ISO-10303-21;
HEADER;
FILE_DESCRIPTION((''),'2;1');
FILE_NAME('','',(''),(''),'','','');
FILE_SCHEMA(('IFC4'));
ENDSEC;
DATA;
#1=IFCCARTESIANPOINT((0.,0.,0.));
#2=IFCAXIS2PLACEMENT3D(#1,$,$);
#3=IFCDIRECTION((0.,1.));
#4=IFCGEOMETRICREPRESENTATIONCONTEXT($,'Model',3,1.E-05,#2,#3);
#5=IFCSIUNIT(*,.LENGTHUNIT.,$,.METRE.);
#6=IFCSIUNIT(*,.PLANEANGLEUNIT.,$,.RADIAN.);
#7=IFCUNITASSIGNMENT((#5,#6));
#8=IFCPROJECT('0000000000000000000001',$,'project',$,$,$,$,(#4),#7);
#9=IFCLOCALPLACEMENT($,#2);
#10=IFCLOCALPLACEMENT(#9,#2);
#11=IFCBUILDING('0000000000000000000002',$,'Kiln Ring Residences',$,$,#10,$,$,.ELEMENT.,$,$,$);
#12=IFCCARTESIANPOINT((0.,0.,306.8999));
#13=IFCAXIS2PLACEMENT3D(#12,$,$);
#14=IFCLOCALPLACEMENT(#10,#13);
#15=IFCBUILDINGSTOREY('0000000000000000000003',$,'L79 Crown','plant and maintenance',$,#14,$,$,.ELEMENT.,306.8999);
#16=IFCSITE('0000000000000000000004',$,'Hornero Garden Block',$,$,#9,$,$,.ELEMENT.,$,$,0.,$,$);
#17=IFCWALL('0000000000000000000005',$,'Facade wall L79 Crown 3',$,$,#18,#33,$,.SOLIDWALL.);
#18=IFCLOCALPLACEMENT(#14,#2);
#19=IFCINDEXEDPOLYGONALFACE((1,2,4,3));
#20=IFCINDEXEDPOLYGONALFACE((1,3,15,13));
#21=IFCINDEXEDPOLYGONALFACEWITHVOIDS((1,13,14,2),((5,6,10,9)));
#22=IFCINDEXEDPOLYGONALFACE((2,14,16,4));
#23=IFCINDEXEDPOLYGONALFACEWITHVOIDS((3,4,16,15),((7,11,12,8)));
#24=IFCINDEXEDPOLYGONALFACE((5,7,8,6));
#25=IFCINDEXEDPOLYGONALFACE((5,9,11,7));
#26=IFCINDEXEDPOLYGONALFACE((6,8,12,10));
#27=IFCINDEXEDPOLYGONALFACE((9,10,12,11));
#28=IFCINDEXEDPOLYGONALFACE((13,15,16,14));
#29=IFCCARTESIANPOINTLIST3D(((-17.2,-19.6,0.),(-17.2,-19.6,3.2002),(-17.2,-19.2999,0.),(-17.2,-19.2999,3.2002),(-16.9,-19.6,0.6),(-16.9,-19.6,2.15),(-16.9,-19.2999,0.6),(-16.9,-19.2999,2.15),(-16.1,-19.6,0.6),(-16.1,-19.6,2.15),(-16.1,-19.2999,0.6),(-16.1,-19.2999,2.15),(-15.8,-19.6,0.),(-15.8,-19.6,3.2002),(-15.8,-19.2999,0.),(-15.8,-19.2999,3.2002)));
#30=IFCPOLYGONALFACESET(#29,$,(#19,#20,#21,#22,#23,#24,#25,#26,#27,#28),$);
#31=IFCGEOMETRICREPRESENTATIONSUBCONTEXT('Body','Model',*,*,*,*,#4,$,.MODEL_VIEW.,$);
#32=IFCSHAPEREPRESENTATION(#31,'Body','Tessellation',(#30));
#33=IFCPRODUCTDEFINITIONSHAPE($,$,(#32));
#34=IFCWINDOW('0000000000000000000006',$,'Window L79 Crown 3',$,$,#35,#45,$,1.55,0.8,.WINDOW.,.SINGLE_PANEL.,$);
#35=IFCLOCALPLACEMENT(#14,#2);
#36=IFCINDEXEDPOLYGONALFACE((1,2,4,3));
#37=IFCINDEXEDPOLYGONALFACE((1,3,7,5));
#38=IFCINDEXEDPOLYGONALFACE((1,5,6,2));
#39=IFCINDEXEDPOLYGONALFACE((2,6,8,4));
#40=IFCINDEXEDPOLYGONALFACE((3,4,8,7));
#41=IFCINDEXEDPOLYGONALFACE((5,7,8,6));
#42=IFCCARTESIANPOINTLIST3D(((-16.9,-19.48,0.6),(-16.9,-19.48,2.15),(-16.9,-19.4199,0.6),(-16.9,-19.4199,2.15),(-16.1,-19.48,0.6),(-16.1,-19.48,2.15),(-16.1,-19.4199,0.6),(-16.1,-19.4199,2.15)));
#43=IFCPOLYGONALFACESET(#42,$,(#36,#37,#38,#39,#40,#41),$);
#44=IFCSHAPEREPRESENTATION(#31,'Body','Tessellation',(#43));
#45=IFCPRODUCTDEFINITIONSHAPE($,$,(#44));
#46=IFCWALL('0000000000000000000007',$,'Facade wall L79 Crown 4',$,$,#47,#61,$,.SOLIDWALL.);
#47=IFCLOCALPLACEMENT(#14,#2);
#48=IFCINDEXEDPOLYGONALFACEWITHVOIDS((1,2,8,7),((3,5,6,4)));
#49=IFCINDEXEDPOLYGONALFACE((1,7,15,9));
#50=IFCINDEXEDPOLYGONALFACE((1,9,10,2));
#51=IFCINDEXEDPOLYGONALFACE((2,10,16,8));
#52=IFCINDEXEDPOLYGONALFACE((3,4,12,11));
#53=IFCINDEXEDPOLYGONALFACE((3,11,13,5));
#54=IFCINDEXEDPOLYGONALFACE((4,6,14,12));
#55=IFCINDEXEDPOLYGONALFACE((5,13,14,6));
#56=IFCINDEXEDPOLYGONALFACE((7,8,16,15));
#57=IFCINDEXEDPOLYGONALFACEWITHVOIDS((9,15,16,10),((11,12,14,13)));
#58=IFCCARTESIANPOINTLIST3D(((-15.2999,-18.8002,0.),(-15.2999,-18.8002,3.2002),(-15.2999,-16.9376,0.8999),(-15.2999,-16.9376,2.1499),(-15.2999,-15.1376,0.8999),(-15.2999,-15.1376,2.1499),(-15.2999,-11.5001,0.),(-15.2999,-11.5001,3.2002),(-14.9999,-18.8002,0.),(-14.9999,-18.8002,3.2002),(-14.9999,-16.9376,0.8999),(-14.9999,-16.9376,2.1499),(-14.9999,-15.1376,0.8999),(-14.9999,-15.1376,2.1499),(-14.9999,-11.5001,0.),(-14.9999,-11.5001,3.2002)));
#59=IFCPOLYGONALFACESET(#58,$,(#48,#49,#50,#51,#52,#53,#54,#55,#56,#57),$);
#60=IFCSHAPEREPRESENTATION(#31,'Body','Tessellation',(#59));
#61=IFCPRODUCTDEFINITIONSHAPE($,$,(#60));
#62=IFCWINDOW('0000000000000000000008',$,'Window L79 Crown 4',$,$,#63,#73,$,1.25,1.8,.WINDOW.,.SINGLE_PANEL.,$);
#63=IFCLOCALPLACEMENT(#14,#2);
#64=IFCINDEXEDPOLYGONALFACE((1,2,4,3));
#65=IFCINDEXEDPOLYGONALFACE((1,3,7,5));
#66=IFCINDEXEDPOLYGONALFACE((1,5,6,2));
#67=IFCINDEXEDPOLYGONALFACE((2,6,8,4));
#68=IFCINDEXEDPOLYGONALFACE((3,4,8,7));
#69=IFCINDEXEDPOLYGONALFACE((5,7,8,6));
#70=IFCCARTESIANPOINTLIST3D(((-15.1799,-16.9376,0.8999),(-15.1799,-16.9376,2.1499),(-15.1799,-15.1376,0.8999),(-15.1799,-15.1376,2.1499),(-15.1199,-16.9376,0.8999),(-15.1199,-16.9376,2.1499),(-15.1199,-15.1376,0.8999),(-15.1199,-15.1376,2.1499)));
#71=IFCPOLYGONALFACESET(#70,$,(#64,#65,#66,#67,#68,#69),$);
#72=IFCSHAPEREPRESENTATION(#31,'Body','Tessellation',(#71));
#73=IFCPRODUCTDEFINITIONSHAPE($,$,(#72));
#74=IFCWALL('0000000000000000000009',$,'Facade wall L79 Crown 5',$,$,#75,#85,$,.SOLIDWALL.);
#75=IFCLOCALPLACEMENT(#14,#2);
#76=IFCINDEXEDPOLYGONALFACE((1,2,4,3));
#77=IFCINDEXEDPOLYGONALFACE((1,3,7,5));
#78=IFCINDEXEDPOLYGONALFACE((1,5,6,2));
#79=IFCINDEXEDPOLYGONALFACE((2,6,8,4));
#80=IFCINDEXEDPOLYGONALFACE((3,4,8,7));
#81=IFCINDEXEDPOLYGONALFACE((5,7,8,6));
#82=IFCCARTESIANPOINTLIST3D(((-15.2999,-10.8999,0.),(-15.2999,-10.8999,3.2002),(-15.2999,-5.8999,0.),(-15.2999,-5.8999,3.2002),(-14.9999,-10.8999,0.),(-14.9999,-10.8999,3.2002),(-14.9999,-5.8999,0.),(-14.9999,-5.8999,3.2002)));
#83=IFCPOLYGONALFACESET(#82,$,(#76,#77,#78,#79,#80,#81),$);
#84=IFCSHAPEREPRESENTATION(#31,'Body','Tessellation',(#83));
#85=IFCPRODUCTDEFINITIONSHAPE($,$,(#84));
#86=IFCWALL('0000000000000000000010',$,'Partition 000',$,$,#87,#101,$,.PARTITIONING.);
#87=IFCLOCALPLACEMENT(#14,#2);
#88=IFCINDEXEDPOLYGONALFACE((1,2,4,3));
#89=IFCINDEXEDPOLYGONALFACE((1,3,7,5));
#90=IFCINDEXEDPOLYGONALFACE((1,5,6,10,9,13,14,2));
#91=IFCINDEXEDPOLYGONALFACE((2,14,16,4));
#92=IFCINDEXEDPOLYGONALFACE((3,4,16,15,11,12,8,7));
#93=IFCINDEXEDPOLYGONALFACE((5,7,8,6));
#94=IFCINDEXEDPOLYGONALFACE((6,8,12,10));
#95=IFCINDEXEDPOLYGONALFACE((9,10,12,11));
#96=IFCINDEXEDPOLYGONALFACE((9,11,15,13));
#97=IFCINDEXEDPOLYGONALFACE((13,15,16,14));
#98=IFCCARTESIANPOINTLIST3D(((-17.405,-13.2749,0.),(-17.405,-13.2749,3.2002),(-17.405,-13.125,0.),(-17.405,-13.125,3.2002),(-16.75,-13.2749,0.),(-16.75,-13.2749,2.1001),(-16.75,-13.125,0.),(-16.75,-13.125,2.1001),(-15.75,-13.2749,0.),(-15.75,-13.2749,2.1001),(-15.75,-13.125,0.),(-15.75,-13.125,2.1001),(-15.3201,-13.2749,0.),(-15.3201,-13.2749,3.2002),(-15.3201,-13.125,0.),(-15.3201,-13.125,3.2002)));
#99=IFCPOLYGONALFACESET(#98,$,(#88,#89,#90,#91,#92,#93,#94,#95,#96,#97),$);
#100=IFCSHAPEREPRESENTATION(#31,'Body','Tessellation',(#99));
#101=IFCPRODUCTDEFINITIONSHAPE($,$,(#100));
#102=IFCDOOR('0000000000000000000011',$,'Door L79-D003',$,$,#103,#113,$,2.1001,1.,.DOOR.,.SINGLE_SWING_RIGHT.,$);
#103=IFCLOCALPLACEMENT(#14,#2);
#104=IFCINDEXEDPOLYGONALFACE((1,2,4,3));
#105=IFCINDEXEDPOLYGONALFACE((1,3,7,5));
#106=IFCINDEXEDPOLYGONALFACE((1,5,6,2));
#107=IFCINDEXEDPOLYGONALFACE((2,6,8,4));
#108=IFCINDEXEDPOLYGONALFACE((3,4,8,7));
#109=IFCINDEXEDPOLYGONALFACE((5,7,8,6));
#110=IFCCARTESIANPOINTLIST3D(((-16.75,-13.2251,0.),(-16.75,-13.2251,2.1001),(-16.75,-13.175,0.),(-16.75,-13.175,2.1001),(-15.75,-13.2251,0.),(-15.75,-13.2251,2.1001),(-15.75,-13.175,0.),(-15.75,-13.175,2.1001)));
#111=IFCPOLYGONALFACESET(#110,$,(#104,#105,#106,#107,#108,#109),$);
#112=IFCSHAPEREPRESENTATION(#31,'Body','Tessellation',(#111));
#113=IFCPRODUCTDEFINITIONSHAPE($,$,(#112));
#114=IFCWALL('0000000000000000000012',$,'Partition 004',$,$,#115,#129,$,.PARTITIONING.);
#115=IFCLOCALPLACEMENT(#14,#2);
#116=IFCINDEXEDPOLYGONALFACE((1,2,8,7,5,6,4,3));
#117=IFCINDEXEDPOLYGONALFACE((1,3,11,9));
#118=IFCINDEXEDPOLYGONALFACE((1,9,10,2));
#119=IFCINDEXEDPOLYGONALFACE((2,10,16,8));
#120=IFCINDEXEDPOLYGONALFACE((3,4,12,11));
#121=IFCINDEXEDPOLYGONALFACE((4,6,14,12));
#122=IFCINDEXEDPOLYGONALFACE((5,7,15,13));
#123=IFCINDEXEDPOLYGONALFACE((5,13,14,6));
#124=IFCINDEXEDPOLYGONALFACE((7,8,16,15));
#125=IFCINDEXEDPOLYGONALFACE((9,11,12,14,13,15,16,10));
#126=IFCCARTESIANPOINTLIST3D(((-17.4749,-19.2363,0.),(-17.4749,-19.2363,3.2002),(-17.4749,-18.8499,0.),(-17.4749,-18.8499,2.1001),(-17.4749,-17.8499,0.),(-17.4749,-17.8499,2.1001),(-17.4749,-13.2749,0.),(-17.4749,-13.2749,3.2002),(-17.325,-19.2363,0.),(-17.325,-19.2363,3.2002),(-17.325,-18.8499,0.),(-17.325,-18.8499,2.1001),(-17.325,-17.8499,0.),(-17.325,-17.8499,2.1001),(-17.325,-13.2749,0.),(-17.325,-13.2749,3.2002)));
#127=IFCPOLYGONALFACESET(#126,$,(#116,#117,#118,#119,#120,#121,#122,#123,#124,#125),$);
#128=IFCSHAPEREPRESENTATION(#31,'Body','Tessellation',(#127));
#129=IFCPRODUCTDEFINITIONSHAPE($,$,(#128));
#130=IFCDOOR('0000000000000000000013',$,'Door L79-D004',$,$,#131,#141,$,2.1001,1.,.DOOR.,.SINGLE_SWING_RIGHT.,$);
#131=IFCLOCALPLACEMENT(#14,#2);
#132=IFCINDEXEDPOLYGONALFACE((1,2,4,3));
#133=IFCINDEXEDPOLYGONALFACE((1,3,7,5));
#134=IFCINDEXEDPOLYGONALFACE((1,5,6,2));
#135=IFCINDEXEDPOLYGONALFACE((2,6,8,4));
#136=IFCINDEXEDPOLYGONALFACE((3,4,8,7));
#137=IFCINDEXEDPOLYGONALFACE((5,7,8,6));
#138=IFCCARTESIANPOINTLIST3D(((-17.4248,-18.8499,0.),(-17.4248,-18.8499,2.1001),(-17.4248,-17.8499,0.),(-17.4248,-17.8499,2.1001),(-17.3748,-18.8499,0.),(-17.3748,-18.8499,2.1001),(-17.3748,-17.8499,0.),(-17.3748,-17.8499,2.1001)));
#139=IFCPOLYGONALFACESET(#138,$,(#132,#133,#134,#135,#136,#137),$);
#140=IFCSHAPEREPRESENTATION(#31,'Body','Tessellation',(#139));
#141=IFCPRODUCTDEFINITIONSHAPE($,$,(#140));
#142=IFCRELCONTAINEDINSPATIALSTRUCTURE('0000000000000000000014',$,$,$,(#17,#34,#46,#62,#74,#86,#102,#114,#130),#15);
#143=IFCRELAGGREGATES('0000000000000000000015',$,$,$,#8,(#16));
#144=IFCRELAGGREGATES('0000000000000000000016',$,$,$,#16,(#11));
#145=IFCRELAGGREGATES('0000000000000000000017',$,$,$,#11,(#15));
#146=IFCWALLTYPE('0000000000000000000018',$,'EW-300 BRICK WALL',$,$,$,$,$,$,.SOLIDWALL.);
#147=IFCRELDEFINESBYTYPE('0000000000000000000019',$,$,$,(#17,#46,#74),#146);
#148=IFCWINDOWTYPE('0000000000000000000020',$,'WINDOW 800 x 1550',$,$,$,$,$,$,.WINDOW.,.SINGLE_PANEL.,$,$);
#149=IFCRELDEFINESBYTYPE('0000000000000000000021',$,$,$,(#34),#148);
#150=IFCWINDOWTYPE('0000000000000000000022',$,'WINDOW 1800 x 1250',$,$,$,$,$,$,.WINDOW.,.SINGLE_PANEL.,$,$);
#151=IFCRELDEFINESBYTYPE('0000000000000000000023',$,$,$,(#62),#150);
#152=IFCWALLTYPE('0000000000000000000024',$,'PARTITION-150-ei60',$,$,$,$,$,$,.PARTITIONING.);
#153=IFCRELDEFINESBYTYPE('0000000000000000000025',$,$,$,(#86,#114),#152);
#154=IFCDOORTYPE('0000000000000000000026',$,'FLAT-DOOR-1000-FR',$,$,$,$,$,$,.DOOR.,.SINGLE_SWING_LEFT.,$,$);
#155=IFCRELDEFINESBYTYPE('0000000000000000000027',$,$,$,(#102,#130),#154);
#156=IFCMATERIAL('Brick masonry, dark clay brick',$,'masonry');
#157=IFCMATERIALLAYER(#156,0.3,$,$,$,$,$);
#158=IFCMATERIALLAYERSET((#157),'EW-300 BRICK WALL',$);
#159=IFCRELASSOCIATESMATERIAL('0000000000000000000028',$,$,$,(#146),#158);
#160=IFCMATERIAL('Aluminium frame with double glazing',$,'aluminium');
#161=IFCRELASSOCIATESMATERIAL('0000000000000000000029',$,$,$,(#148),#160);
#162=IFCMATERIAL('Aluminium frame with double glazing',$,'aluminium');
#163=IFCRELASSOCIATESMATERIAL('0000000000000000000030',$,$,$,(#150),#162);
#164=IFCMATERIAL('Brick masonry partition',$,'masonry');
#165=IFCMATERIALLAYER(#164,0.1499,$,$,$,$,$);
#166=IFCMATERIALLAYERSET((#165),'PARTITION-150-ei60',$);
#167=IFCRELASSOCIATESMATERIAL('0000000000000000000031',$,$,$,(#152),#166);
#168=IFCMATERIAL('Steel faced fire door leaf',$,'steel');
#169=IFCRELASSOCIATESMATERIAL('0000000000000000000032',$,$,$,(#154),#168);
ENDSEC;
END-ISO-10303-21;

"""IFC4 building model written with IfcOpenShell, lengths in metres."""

from ifc_helpers import new_model, si_unit, direction, frame, frame_2d, origin, place, context, subcontext, project, spatial, rectangle, extrude, material, layer, layer_set, type_object, element, fill, save


model = new_model("IFC4")

# Units and contexts
model_context = context("Model", 3, precision=1e-05, world=origin(), true_north=direction((0.0, 1.0)))
body_context = subcontext(model_context, "Body", "Model", "MODEL_VIEW")
ifc_project = project(units=[si_unit("LENGTHUNIT", "METRE"), si_unit("PLANEANGLEUNIT", "RADIAN")], contexts=[model_context])

# Site, building, storey
site_placement = place(None, origin())
site = spatial("IfcSite", under=ifc_project, at=site_placement, Name="Hornero Garden Block", CompositionType="ELEMENT", RefElevation=0.0)
building_placement = place(site_placement, origin())
building = spatial("IfcBuilding", under=site, at=building_placement, Name="Kiln Ring Residences", CompositionType="ELEMENT")
storey_placement = place(building_placement, frame((0.0, 0.0, 306.8999)))
storey = spatial("IfcBuildingStorey", under=building, at=storey_placement, Name="L79 Crown", Description="plant and maintenance", CompositionType="ELEMENT", Elevation=306.8999)

# Walls, openings, windows
ifc_material_1 = material(Name="Brick masonry, dark clay brick", Category="masonry")
ifc_layer_1 = layer(ifc_material_1, 0.3)
ifc_layer_set_1 = layer_set([ifc_layer_1], Name="EW-300 BRICK WALL")
wall_type_1 = type_object("IfcWallType", Name="EW-300 BRICK WALL", PredefinedType="SOLIDWALL", material=ifc_layer_set_1)
ifc_material_2 = material(Name="Aluminium frame with double glazing", Category="aluminium")
window_type_1 = type_object("IfcWindowType", Name="WINDOW 800 x 1550", PartitioningType="SINGLE_PANEL", PredefinedType="WINDOW", material=ifc_material_2)
wall_1_placement = place(storey_placement, frame((-17.2, -19.45, 0.0), z_axis=(0.0, 0.0, 1.0), x_axis=(1.0, 0.0, 0.0)))
wall_1 = element("IfcWall", 1, at=wall_1_placement, inside=storey, type_object=wall_type_1, Name="Facade wall L79 Crown 3", PredefinedType="SOLIDWALL", context=body_context, shape_type="SweptSolid", body=[
    extrude(rectangle(XDim=1.3999, YDim=0.3, at=frame_2d((0.7, 0.0))), origin(), (0.0, 0.0, 1.0), 3.2002),
])
opening_1_placement = place(wall_1_placement, frame((0.3, 0.0, 0.6001)))
opening_1 = element("IfcOpeningElement", 2, at=opening_1_placement, cuts=wall_1, PredefinedType="OPENING", context=body_context, shape_type="SweptSolid", body=[
    extrude(rectangle(XDim=0.8, YDim=1.55, at=frame_2d((0.3999, 0.7749))), frame((0.0, 0.1599, 0.0), z_axis=(0.0, -1.0, 0.0), x_axis=(1.0, 0.0, 0.0)), (0.0, 0.0, 1.0), 0.3201),
])
window_1_placement = place(opening_1_placement, origin())
window_1 = element("IfcWindow", 3, at=window_1_placement, inside=storey, type_object=window_type_1, Name="Window L79 Crown 3", OverallHeight=1.55, OverallWidth=0.8, PartitioningType="SINGLE_PANEL", PredefinedType="WINDOW", context=body_context, shape_type="SweptSolid", body=[
    extrude(rectangle(XDim=0.8, YDim=1.55, at=frame_2d((0.3999, 0.7749))), frame((0.0, 0.03, 0.0), z_axis=(0.0, -1.0, 0.0), x_axis=(1.0, 0.0, 0.0)), (0.0, 0.0, 1.0), 0.0601),
])
fill(opening_1, window_1)
wall_2_placement = place(storey_placement, frame((-15.1499, -18.8, 0.0), z_axis=(0.0, 0.0, 1.0), x_axis=(0.0, 1.0, 0.0)))
wall_2 = element("IfcWall", 4, at=wall_2_placement, inside=storey, type_object=wall_type_1, Name="Facade wall L79 Crown 4", PredefinedType="SOLIDWALL", context=body_context, shape_type="SweptSolid", body=[
    extrude(rectangle(XDim=7.3, YDim=0.3, at=frame_2d((3.6499, 0.0))), origin(), (0.0, 0.0, 1.0), 3.2002),
])
opening_2_placement = place(wall_2_placement, frame((1.8625, 0.0, 0.8999)))
opening_2 = element("IfcOpeningElement", 5, at=opening_2_placement, cuts=wall_2, PredefinedType="OPENING", context=body_context, shape_type="SweptSolid", body=[
    extrude(rectangle(XDim=1.8, YDim=1.25, at=frame_2d((0.8999, 0.625))), frame((0.0, 0.1599, 0.0), z_axis=(0.0, -1.0, 0.0), x_axis=(1.0, 0.0, 0.0)), (0.0, 0.0, 1.0), 0.3201),
])
ifc_material_3 = material(Name="Aluminium frame with double glazing", Category="aluminium")
window_type_2 = type_object("IfcWindowType", Name="WINDOW 1800 x 1250", PartitioningType="SINGLE_PANEL", PredefinedType="WINDOW", material=ifc_material_3)
window_2_placement = place(opening_2_placement, origin())
window_2 = element("IfcWindow", 6, at=window_2_placement, inside=storey, type_object=window_type_2, Name="Window L79 Crown 4", OverallHeight=1.25, OverallWidth=1.8, PartitioningType="SINGLE_PANEL", PredefinedType="WINDOW", context=body_context, shape_type="SweptSolid", body=[
    extrude(rectangle(XDim=1.8, YDim=1.25, at=frame_2d((0.8999, 0.625))), frame((0.0, 0.03, 0.0), z_axis=(0.0, -1.0, 0.0), x_axis=(1.0, 0.0, 0.0)), (0.0, 0.0, 1.0), 0.0601),
])
fill(opening_2, window_2)

# Wall
wall_3_placement = place(storey_placement, frame((-15.1499, -10.8999, 0.0), z_axis=(0.0, 0.0, 1.0), x_axis=(0.0, 1.0, 0.0)))
element("IfcWall", 7, at=wall_3_placement, inside=storey, type_object=wall_type_1, Name="Facade wall L79 Crown 5", PredefinedType="SOLIDWALL", context=body_context, shape_type="SweptSolid", body=[
    extrude(rectangle(XDim=5.0, YDim=0.3, at=frame_2d((2.5, 0.0))), origin(), (0.0, 0.0, 1.0), 3.2002),
])

# Walls, openings, doors
ifc_material_4 = material(Name="Brick masonry partition", Category="masonry")
ifc_layer_2 = layer(ifc_material_4, 0.1499)
ifc_layer_set_2 = layer_set([ifc_layer_2], Name="PARTITION-150-ei60")
wall_type_2 = type_object("IfcWallType", Name="PARTITION-150-ei60", PredefinedType="PARTITIONING", material=ifc_layer_set_2)
wall_4_placement = place(storey_placement, frame((-17.405, -13.2, 0.0), z_axis=(0.0, 0.0, 1.0), x_axis=(1.0, 0.0, 0.0)))
wall_4 = element("IfcWall", 8, at=wall_4_placement, inside=storey, type_object=wall_type_2, Name="Partition 000", PredefinedType="PARTITIONING", context=body_context, shape_type="SweptSolid", body=[
    extrude(rectangle(XDim=2.085, YDim=0.1499, at=frame_2d((1.0425, 0.0))), origin(), (0.0, 0.0, 1.0), 3.2002),
])
opening_3_placement = place(wall_4_placement, frame((0.655, 0.0, 0.0)))
opening_3 = element("IfcOpeningElement", 9, at=opening_3_placement, cuts=wall_4, PredefinedType="OPENING", context=body_context, shape_type="SweptSolid", body=[
    extrude(rectangle(XDim=1.0, YDim=2.1001, at=frame_2d((0.5, 1.05))), frame((0.0, 0.085, 0.0), z_axis=(0.0, -1.0, 0.0), x_axis=(1.0, 0.0, 0.0)), (0.0, 0.0, 1.0), 0.1699),
])
ifc_material_5 = material(Name="Steel faced fire door leaf", Category="steel")
door_type_1 = type_object("IfcDoorType", Name="FLAT-DOOR-1000-FR", OperationType="SINGLE_SWING_LEFT", PredefinedType="DOOR", material=ifc_material_5)
door_1_placement = place(opening_3_placement, origin())
door_1 = element("IfcDoor", 10, at=door_1_placement, inside=storey, type_object=door_type_1, Name="Door L79-D003", OperationType="SINGLE_SWING_RIGHT", OverallHeight=2.1001, OverallWidth=1.0, PredefinedType="DOOR", context=body_context, shape_type="SweptSolid", body=[
    extrude(rectangle(XDim=1.0, YDim=2.1001, at=frame_2d((0.5, 1.05))), frame((0.0, 0.0249, 0.0), z_axis=(0.0, -1.0, 0.0), x_axis=(1.0, 0.0, 0.0)), (0.0, 0.0, 1.0), 0.05),
])
fill(opening_3, door_1)
wall_5_placement = place(storey_placement, frame((-17.3999, -19.2363, 0.0), z_axis=(0.0, 0.0, 1.0), x_axis=(0.0, 1.0, 0.0)))
wall_5 = element("IfcWall", 11, at=wall_5_placement, inside=storey, type_object=wall_type_2, Name="Partition 004", PredefinedType="PARTITIONING", context=body_context, shape_type="SweptSolid", body=[
    extrude(rectangle(XDim=5.9614, YDim=0.1499, at=frame_2d((2.9807, 0.0))), origin(), (0.0, 0.0, 1.0), 3.2002),
])
opening_4_placement = place(wall_5_placement, frame((0.3865, 0.0, 0.0)))
opening_4 = element("IfcOpeningElement", 12, at=opening_4_placement, cuts=wall_5, PredefinedType="OPENING", context=body_context, shape_type="SweptSolid", body=[
    extrude(rectangle(XDim=1.0, YDim=2.1001, at=frame_2d((0.5, 1.05))), frame((0.0, 0.085, 0.0), z_axis=(0.0, -1.0, 0.0), x_axis=(1.0, 0.0, 0.0)), (0.0, 0.0, 1.0), 0.1699),
])
door_2_placement = place(opening_4_placement, origin())
door_2 = element("IfcDoor", 13, at=door_2_placement, inside=storey, type_object=door_type_1, Name="Door L79-D004", OperationType="SINGLE_SWING_RIGHT", OverallHeight=2.1001, OverallWidth=1.0, PredefinedType="DOOR", context=body_context, shape_type="SweptSolid", body=[
    extrude(rectangle(XDim=1.0, YDim=2.1001, at=frame_2d((0.5, 1.05))), frame((0.0, 0.0249, 0.0), z_axis=(0.0, -1.0, 0.0), x_axis=(1.0, 0.0, 0.0)), (0.0, 0.0, 1.0), 0.05),
])
fill(opening_4, door_2)

save(model, "model.ifc")
